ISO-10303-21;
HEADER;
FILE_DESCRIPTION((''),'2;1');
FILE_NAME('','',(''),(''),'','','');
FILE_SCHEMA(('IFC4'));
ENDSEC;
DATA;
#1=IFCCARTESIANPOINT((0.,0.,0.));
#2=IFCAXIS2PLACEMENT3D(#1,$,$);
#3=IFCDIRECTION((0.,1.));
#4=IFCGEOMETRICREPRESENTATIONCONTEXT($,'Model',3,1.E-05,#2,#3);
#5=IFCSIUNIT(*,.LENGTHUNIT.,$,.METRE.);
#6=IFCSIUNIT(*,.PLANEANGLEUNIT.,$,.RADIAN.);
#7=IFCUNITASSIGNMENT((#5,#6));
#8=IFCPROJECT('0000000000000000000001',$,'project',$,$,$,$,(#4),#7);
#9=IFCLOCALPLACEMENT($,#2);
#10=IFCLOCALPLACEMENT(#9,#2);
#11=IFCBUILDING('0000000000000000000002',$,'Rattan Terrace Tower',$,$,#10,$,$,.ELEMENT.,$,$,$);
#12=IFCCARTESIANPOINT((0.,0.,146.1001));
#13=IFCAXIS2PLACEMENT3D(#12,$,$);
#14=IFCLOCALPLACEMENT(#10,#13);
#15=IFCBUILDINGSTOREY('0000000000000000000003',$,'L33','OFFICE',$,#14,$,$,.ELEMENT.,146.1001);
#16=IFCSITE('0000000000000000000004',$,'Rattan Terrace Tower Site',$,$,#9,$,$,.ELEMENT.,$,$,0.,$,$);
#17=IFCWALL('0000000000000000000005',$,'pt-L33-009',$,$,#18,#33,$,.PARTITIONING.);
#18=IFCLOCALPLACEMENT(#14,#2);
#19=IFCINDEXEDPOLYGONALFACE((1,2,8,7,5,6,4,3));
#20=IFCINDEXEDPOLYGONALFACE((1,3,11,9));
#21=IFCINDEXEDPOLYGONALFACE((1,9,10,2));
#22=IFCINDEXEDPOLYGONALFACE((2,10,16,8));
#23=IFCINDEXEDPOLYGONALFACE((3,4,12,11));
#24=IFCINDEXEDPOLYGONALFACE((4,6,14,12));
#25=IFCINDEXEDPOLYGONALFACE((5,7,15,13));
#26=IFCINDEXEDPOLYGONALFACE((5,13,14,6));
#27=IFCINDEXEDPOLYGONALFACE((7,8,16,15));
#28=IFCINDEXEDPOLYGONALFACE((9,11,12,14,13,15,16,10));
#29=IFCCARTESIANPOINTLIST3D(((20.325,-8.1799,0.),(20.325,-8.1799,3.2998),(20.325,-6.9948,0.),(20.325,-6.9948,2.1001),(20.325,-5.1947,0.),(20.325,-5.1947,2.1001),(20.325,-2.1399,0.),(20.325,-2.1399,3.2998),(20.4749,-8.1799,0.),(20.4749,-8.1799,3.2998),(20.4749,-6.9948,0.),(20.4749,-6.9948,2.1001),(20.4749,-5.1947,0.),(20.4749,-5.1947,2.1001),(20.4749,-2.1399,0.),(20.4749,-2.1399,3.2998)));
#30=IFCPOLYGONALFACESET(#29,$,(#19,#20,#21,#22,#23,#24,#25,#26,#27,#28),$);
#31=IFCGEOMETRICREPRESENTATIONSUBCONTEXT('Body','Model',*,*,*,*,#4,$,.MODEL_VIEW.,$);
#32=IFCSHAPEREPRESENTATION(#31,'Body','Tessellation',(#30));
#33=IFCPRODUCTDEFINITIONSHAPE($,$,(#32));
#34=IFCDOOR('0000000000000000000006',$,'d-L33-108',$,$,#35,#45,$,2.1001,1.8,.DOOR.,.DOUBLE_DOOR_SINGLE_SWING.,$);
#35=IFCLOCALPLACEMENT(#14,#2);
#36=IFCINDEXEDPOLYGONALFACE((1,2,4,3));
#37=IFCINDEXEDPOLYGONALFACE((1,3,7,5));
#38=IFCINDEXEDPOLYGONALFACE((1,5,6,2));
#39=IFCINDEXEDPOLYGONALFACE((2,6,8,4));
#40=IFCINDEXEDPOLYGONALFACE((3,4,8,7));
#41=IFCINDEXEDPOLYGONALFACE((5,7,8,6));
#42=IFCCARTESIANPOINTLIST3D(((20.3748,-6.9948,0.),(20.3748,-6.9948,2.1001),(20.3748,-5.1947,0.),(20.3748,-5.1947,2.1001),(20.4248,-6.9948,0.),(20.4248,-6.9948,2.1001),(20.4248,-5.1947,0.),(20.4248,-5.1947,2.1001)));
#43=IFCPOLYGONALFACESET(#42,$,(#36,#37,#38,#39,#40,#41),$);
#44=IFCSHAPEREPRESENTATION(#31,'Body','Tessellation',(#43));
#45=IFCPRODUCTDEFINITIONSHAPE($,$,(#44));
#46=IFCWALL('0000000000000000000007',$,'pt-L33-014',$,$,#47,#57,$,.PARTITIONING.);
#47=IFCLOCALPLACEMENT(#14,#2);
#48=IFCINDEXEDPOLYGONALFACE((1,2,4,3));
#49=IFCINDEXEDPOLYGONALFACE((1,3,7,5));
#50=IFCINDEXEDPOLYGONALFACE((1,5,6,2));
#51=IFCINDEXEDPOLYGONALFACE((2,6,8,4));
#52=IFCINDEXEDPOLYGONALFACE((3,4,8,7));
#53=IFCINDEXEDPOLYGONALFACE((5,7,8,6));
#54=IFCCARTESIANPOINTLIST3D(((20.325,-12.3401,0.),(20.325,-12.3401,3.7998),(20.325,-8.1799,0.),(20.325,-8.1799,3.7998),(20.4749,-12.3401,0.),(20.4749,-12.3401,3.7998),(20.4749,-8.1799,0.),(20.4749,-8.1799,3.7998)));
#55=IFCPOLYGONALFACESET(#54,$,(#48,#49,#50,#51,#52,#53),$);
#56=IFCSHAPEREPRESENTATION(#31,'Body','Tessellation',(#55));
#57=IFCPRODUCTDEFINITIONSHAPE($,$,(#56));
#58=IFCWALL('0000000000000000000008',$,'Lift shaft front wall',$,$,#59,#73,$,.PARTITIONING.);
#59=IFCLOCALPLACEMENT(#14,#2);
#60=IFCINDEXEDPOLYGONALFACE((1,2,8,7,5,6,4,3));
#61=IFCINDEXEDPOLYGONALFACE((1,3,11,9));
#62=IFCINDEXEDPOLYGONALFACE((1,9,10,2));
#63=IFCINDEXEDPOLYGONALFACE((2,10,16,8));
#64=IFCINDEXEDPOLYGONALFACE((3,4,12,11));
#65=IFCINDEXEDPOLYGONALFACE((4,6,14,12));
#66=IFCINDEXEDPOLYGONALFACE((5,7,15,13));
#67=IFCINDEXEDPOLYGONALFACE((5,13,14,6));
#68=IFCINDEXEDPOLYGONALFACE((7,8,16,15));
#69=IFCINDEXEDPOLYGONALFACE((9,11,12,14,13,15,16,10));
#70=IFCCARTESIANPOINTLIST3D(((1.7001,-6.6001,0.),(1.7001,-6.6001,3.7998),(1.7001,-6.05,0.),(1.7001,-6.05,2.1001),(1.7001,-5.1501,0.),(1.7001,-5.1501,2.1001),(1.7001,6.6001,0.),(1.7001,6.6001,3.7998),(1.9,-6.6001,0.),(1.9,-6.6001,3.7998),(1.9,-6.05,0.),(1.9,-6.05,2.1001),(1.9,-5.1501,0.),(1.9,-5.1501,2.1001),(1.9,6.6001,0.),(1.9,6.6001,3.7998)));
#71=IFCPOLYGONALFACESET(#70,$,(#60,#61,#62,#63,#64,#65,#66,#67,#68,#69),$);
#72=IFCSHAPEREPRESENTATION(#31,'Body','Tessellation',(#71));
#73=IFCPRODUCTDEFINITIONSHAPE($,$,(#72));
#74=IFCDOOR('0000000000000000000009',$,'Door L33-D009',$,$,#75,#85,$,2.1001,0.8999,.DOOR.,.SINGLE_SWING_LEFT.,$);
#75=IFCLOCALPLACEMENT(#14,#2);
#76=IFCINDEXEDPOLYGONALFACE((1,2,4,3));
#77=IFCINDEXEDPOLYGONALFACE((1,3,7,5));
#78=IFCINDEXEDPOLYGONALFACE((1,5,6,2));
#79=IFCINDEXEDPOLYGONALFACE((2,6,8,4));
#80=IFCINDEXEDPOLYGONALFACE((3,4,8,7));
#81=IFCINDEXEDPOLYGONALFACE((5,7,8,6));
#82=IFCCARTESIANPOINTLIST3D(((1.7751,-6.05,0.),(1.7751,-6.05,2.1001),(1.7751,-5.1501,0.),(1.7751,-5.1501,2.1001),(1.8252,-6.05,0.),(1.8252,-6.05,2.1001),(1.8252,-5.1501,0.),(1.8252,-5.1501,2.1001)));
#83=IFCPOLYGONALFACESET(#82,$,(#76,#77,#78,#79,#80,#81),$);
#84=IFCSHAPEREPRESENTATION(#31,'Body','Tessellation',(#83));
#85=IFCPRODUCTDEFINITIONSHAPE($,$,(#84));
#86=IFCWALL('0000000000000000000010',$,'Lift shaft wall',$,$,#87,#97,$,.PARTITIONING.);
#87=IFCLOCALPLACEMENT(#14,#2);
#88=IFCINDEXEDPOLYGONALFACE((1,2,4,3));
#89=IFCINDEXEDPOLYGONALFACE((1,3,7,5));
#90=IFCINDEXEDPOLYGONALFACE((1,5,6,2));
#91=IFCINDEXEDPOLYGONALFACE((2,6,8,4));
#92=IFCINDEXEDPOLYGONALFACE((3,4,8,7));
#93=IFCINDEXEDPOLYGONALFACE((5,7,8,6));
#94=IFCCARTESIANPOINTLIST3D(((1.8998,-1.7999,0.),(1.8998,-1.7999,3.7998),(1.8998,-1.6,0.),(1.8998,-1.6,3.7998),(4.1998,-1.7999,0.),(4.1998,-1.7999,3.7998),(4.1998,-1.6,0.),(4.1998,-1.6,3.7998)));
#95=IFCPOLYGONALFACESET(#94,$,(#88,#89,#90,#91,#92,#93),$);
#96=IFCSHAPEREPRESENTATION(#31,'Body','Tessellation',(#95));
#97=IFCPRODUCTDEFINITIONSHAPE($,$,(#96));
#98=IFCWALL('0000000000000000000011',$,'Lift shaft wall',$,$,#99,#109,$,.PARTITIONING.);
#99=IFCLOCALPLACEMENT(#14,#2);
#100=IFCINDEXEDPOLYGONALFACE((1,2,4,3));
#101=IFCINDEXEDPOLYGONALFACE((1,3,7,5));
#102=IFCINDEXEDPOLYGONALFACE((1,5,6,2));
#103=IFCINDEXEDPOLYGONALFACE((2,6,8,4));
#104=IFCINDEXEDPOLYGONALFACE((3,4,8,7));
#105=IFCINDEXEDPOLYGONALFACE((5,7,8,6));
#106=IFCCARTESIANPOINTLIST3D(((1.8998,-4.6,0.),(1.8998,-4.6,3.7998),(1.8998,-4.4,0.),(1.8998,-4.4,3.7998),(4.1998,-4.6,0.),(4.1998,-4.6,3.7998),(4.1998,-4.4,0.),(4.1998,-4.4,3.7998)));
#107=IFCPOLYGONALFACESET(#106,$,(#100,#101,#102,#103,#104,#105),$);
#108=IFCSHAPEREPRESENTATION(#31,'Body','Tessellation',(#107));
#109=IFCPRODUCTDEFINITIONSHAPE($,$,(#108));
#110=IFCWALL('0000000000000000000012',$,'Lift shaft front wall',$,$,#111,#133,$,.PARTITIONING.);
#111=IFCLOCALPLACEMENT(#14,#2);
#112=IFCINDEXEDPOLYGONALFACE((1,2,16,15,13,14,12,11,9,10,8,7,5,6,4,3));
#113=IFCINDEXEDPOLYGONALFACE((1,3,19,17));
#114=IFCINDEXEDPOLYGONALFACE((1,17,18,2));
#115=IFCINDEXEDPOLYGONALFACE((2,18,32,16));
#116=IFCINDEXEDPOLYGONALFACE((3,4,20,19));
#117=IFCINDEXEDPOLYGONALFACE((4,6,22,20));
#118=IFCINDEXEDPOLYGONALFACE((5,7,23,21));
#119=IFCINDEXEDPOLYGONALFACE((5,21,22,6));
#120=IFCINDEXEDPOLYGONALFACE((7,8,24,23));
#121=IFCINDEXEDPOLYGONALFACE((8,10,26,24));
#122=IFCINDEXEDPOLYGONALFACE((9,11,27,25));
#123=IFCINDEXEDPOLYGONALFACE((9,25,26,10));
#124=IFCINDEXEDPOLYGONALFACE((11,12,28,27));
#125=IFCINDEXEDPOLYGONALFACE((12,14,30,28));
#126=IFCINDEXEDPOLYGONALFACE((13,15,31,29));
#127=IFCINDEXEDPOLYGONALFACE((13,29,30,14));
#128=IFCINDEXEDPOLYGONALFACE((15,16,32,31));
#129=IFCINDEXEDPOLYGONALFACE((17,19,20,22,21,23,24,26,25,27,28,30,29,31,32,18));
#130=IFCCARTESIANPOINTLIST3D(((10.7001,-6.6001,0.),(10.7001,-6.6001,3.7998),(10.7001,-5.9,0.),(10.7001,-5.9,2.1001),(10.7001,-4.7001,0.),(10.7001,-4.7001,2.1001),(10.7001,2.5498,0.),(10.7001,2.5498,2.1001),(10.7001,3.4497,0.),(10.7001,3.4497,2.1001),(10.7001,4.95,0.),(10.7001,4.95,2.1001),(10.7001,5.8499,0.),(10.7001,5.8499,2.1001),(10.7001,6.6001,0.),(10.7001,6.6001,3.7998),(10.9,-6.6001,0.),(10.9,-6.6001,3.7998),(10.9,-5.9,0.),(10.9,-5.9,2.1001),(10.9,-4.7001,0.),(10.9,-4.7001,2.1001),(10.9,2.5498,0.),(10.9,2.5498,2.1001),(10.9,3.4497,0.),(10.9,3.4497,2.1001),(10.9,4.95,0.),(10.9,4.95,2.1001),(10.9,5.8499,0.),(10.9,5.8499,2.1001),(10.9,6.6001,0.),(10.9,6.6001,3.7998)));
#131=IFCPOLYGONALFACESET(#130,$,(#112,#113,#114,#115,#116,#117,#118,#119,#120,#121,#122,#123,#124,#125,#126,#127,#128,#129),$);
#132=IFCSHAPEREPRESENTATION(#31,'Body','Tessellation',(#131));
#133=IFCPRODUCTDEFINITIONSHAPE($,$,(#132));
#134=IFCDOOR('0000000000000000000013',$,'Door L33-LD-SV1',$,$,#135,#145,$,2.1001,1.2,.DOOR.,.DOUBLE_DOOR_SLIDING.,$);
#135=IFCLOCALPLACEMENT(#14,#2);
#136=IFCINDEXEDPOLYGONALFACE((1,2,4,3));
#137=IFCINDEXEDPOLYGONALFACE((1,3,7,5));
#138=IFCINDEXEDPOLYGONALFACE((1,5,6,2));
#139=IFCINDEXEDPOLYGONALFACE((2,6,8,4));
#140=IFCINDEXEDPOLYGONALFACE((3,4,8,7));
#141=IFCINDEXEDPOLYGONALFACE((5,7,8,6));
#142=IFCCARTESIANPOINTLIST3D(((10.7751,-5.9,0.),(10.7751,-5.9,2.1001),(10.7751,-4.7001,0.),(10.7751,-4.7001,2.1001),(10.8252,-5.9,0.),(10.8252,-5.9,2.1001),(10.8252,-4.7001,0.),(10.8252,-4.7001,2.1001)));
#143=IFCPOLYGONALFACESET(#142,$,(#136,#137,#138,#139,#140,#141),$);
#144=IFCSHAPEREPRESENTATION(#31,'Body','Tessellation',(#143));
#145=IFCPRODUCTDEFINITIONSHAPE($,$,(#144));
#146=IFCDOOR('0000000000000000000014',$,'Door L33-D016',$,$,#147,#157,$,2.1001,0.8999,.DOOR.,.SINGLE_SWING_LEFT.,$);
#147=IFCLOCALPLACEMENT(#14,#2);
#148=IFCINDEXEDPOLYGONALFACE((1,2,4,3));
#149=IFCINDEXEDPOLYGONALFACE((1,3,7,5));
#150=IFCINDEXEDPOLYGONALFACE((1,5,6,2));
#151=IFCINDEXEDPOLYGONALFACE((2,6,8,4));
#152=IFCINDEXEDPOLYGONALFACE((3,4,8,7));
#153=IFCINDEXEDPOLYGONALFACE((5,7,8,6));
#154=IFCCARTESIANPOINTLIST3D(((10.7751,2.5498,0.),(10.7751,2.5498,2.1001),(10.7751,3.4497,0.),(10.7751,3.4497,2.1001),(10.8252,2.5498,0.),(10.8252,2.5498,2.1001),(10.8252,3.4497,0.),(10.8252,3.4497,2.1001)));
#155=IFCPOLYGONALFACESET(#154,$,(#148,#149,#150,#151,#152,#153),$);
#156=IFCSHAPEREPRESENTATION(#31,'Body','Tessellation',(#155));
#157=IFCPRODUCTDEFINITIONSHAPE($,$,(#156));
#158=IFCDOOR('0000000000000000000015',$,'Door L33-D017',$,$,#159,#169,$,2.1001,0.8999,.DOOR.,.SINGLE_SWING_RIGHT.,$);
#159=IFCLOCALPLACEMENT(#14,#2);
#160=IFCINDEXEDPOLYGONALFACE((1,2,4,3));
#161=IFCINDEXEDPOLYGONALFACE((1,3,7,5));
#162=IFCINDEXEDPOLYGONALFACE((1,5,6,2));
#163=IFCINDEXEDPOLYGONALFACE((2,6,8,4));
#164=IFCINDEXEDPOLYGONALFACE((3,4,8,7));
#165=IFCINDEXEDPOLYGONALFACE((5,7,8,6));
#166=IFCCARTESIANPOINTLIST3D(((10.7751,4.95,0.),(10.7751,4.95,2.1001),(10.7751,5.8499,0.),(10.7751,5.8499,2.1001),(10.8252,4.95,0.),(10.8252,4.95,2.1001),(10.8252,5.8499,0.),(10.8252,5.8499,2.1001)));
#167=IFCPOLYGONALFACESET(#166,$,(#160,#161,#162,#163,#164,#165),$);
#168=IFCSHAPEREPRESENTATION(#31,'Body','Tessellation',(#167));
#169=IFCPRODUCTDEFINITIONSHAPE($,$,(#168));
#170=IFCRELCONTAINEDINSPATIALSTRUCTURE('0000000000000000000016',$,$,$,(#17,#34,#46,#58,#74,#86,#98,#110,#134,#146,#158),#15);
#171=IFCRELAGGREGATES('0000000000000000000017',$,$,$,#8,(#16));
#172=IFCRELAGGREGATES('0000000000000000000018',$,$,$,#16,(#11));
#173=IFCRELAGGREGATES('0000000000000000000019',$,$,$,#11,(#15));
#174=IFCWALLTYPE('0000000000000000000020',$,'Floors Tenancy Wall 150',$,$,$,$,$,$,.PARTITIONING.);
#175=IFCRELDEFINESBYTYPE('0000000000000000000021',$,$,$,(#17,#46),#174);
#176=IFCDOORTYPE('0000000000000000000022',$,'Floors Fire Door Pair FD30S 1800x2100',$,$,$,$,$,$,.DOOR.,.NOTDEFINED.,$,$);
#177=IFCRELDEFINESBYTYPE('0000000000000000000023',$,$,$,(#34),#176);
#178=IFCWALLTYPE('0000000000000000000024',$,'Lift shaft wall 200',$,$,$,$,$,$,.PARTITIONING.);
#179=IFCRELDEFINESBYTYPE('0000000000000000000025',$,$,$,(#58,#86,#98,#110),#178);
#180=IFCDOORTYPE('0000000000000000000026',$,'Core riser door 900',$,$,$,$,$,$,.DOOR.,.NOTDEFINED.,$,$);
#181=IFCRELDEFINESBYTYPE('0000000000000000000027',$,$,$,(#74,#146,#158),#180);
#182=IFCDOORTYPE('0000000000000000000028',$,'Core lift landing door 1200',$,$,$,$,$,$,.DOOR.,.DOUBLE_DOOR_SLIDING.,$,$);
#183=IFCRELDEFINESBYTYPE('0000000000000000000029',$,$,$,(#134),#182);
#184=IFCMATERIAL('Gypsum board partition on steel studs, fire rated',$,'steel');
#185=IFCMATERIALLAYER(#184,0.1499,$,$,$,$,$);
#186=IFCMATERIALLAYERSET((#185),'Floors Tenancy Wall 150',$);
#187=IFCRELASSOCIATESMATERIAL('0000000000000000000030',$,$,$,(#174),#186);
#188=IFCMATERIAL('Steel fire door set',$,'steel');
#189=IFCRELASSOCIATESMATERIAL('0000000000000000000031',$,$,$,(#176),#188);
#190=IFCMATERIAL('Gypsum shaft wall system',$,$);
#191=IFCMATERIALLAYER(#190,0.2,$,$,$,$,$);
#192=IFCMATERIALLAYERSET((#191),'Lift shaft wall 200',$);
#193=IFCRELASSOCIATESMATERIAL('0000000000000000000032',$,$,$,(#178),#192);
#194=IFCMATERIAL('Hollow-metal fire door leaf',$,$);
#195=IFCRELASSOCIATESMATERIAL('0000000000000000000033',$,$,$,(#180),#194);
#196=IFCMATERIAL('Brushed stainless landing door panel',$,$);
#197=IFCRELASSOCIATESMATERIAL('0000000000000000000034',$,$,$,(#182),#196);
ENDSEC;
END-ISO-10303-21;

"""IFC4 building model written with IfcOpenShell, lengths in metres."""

from ifc_helpers import new_model, si_unit, direction, frame, frame_2d, origin, place, context, subcontext, project, spatial, rectangle, extrude, material, layer, layer_set, type_object, element, fill, save


model = new_model("IFC4")

# Units and contexts
model_context = context("Model", 3, precision=1e-05, world=origin(), true_north=direction((0.0, 1.0)))
body_context = subcontext(model_context, "Body", "Model", "MODEL_VIEW")
ifc_project = project(units=[si_unit("LENGTHUNIT", "METRE"), si_unit("PLANEANGLEUNIT", "RADIAN")], contexts=[model_context])

# Site, building, storey
site_placement = place(None, origin())
site = spatial("IfcSite", under=ifc_project, at=site_placement, Name="Rattan Terrace Tower Site", CompositionType="ELEMENT", RefElevation=0.0)
building_placement = place(site_placement, origin())
building = spatial("IfcBuilding", under=site, at=building_placement, Name="Rattan Terrace Tower", CompositionType="ELEMENT")
storey_placement = place(building_placement, frame((0.0, 0.0, 146.1001)))
storey = spatial("IfcBuildingStorey", under=building, at=storey_placement, Name="L33", Description="OFFICE", CompositionType="ELEMENT", Elevation=146.1001)

# Wall, opening, door
ifc_material_1 = material(Name="Gypsum board partition on steel studs, fire rated", Category="steel")
ifc_layer_1 = layer(ifc_material_1, 0.1499)
ifc_layer_set_1 = layer_set([ifc_layer_1], Name="Floors Tenancy Wall 150")
wall_type_1 = type_object("IfcWallType", Name="Floors Tenancy Wall 150", PredefinedType="PARTITIONING", material=ifc_layer_set_1)
wall_1_placement = place(storey_placement, frame((20.3999, -2.1399, 0.0), z_axis=(0.0, 0.0, 1.0), x_axis=(0.0, -1.0, 0.0)))
wall_1 = element("IfcWall", 1, at=wall_1_placement, inside=storey, type_object=wall_type_1, Name="pt-L33-009", PredefinedType="PARTITIONING", context=body_context, shape_type="SweptSolid", body=[
    extrude(rectangle(XDim=6.04, YDim=0.1499, at=frame_2d((3.02, 0.0))), origin(), (0.0, 0.0, 1.0), 3.2998),
])
opening_1_placement = place(wall_1_placement, frame((3.0549, 0.0, 0.0)))
opening_1 = element("IfcOpeningElement", 2, at=opening_1_placement, cuts=wall_1, PredefinedType="OPENING", context=body_context, shape_type="SweptSolid", body=[
    extrude(rectangle(XDim=1.8, YDim=2.1001, at=frame_2d((0.8999, 1.05))), frame((0.0, 0.0854, 0.0), z_axis=(0.0, -1.0, 0.0), x_axis=(1.0, 0.0, 0.0)), (0.0, 0.0, 1.0), 0.1709),
])
ifc_material_2 = material(Name="Steel fire door set", Category="steel")
door_type_1 = type_object("IfcDoorType", Name="Floors Fire Door Pair FD30S 1800x2100", OperationType="NOTDEFINED", PredefinedType="DOOR", material=ifc_material_2)
door_1_placement = place(opening_1_placement, origin())
door_1 = element("IfcDoor", 3, at=door_1_placement, inside=storey, type_object=door_type_1, Name="d-L33-108", OperationType="DOUBLE_DOOR_SINGLE_SWING", OverallHeight=2.1001, OverallWidth=1.8, PredefinedType="DOOR", context=body_context, shape_type="SweptSolid", body=[
    extrude(rectangle(XDim=1.8, YDim=2.1001, at=frame_2d((0.8999, 1.05))), frame((0.0, 0.0249, 0.0), z_axis=(0.0, -1.0, 0.0), x_axis=(1.0, 0.0, 0.0)), (0.0, 0.0, 1.0), 0.05),
])
fill(opening_1, door_1)

# Wall
wall_2_placement = place(storey_placement, frame((20.3999, -8.1799, 0.0), z_axis=(0.0, 0.0, 1.0), x_axis=(0.0, -1.0, 0.0)))
element("IfcWall", 4, at=wall_2_placement, inside=storey, type_object=wall_type_1, Name="pt-L33-014", PredefinedType="PARTITIONING", context=body_context, shape_type="SweptSolid", body=[
    extrude(rectangle(XDim=4.1602, YDim=0.1499, at=frame_2d((2.0801, 0.0))), origin(), (0.0, 0.0, 1.0), 3.7998),
])

# Wall, opening, door
ifc_material_3 = material(Name="Gypsum shaft wall system")
ifc_layer_2 = layer(ifc_material_3, 0.2)
ifc_layer_set_2 = layer_set([ifc_layer_2], Name="Lift shaft wall 200")
wall_type_2 = type_object("IfcWallType", Name="Lift shaft wall 200", PredefinedType="PARTITIONING", material=ifc_layer_set_2)
wall_3_placement = place(storey_placement, frame((1.8, -6.6001, 0.0), z_axis=(0.0, 0.0, 1.0), x_axis=(0.0, 1.0, 0.0)))
wall_3 = element("IfcWall", 5, at=wall_3_placement, inside=storey, type_object=wall_type_2, Name="Lift shaft front wall", PredefinedType="PARTITIONING", context=body_context, shape_type="SweptSolid", body=[
    extrude(rectangle(XDim=13.2002, YDim=0.2, at=frame_2d((6.6001, 0.0))), origin(), (0.0, 0.0, 1.0), 3.7998),
])
opening_2_placement = place(wall_3_placement, frame((0.55, 0.0, 0.0)))
opening_2 = element("IfcOpeningElement", 6, at=opening_2_placement, cuts=wall_3, PredefinedType="OPENING", context=body_context, shape_type="SweptSolid", body=[
    extrude(rectangle(XDim=0.8999, YDim=2.1001, at=frame_2d((0.45, 1.05))), frame((0.0, 0.1106, 0.0), z_axis=(0.0, -1.0, 0.0), x_axis=(1.0, 0.0, 0.0)), (0.0, 0.0, 1.0), 0.2209),
])
ifc_material_4 = material(Name="Hollow-metal fire door leaf")
door_type_2 = type_object("IfcDoorType", Name="Core riser door 900", OperationType="NOTDEFINED", PredefinedType="DOOR", material=ifc_material_4)
door_2_placement = place(opening_2_placement, origin())
door_2 = element("IfcDoor", 7, at=door_2_placement, inside=storey, type_object=door_type_2, Name="Door L33-D009", OperationType="SINGLE_SWING_LEFT", OverallHeight=2.1001, OverallWidth=0.8999, PredefinedType="DOOR", context=body_context, shape_type="SweptSolid", body=[
    extrude(rectangle(XDim=0.8999, YDim=2.1001, at=frame_2d((0.45, 1.05))), frame((0.0, 0.0249, 0.0), z_axis=(0.0, -1.0, 0.0), x_axis=(1.0, 0.0, 0.0)), (0.0, 0.0, 1.0), 0.05),
])
fill(opening_2, door_2)

# Walls
for number, where, z_axis, x_axis, name in (
    (8, (1.8999, -1.7, 0.0), (0.0, 0.0, 1.0), (1.0, 0.0, 0.0), "Lift shaft wall"),
    (9, (1.8999, -4.5, 0.0), (0.0, 0.0, 1.0), (1.0, 0.0, 0.0), "Lift shaft wall"),
):
    element("IfcWall", number, at=place(storey_placement, frame(where, z_axis=z_axis, x_axis=x_axis)), inside=storey, type_object=wall_type_2, Name=name, PredefinedType="PARTITIONING", context=body_context, shape_type="SweptSolid", body=[
        extrude(rectangle(XDim=2.3, YDim=0.2, at=frame_2d((1.1499, 0.0))), origin(), (0.0, 0.0, 1.0), 3.7998),
    ])

# Wall, openings, doors
wall_4_placement = place(storey_placement, frame((10.8, -6.6001, 0.0), z_axis=(0.0, 0.0, 1.0), x_axis=(0.0, 1.0, 0.0)))
wall_4 = element("IfcWall", 10, at=wall_4_placement, inside=storey, type_object=wall_type_2, Name="Lift shaft front wall", PredefinedType="PARTITIONING", context=body_context, shape_type="SweptSolid", body=[
    extrude(rectangle(XDim=13.2002, YDim=0.2, at=frame_2d((6.6001, 0.0))), origin(), (0.0, 0.0, 1.0), 3.7998),
])
opening_3_placement = place(wall_4_placement, frame((0.7, 0.0, 0.0)))
opening_3 = element("IfcOpeningElement", 11, at=opening_3_placement, cuts=wall_4, PredefinedType="OPENING", context=body_context, shape_type="SweptSolid", body=[
    extrude(rectangle(XDim=1.2, YDim=2.1001, at=frame_2d((0.6001, 1.05))), frame((0.0, 0.1106, 0.0), z_axis=(0.0, -1.0, 0.0), x_axis=(1.0, 0.0, 0.0)), (0.0, 0.0, 1.0), 0.2209),
])
opening_4_placement = place(wall_4_placement, frame((9.1499, 0.0, 0.0)))
opening_4 = element("IfcOpeningElement", 12, at=opening_4_placement, cuts=wall_4, PredefinedType="OPENING", context=body_context, shape_type="SweptSolid", body=[
    extrude(rectangle(XDim=0.8999, YDim=2.1001, at=frame_2d((0.45, 1.05))), frame((0.0, 0.1106, 0.0), z_axis=(0.0, -1.0, 0.0), x_axis=(1.0, 0.0, 0.0)), (0.0, 0.0, 1.0), 0.2209),
])
opening_5_placement = place(wall_4_placement, frame((11.55, 0.0, 0.0)))
opening_5 = element("IfcOpeningElement", 13, at=opening_5_placement, cuts=wall_4, PredefinedType="OPENING", context=body_context, shape_type="SweptSolid", body=[
    extrude(rectangle(XDim=0.8999, YDim=2.1001, at=frame_2d((0.45, 1.05))), frame((0.0, 0.1106, 0.0), z_axis=(0.0, -1.0, 0.0), x_axis=(1.0, 0.0, 0.0)), (0.0, 0.0, 1.0), 0.2209),
])
ifc_material_5 = material(Name="Brushed stainless landing door panel")
door_type_3 = type_object("IfcDoorType", Name="Core lift landing door 1200", OperationType="DOUBLE_DOOR_SLIDING", PredefinedType="DOOR", material=ifc_material_5)
door_3_placement = place(opening_3_placement, origin())
door_3 = element("IfcDoor", 14, at=door_3_placement, inside=storey, type_object=door_type_3, Name="Door L33-LD-SV1", OperationType="DOUBLE_DOOR_SLIDING", OverallHeight=2.1001, OverallWidth=1.2, PredefinedType="DOOR", context=body_context, shape_type="SweptSolid", body=[
    extrude(rectangle(XDim=1.2, YDim=2.1001, at=frame_2d((0.6001, 1.05))), frame((0.0, 0.0249, 0.0), z_axis=(0.0, -1.0, 0.0), x_axis=(1.0, 0.0, 0.0)), (0.0, 0.0, 1.0), 0.05),
])
fill(opening_3, door_3)
door_4_placement = place(opening_4_placement, origin())
door_4 = element("IfcDoor", 15, at=door_4_placement, inside=storey, type_object=door_type_2, Name="Door L33-D016", OperationType="SINGLE_SWING_LEFT", OverallHeight=2.1001, OverallWidth=0.8999, PredefinedType="DOOR", context=body_context, shape_type="SweptSolid", body=[
    extrude(rectangle(XDim=0.8999, YDim=2.1001, at=frame_2d((0.45, 1.05))), frame((0.0, 0.0249, 0.0), z_axis=(0.0, -1.0, 0.0), x_axis=(1.0, 0.0, 0.0)), (0.0, 0.0, 1.0), 0.05),
])
fill(opening_4, door_4)
door_5_placement = place(opening_5_placement, origin())
door_5 = element("IfcDoor", 16, at=door_5_placement, inside=storey, type_object=door_type_2, Name="Door L33-D017", OperationType="SINGLE_SWING_RIGHT", OverallHeight=2.1001, OverallWidth=0.8999, PredefinedType="DOOR", context=body_context, shape_type="SweptSolid", body=[
    extrude(rectangle(XDim=0.8999, YDim=2.1001, at=frame_2d((0.45, 1.05))), frame((0.0, 0.0249, 0.0), z_axis=(0.0, -1.0, 0.0), x_axis=(1.0, 0.0, 0.0)), (0.0, 0.0, 1.0), 0.05),
])
fill(opening_5, door_5)

save(model, "model.ifc")
